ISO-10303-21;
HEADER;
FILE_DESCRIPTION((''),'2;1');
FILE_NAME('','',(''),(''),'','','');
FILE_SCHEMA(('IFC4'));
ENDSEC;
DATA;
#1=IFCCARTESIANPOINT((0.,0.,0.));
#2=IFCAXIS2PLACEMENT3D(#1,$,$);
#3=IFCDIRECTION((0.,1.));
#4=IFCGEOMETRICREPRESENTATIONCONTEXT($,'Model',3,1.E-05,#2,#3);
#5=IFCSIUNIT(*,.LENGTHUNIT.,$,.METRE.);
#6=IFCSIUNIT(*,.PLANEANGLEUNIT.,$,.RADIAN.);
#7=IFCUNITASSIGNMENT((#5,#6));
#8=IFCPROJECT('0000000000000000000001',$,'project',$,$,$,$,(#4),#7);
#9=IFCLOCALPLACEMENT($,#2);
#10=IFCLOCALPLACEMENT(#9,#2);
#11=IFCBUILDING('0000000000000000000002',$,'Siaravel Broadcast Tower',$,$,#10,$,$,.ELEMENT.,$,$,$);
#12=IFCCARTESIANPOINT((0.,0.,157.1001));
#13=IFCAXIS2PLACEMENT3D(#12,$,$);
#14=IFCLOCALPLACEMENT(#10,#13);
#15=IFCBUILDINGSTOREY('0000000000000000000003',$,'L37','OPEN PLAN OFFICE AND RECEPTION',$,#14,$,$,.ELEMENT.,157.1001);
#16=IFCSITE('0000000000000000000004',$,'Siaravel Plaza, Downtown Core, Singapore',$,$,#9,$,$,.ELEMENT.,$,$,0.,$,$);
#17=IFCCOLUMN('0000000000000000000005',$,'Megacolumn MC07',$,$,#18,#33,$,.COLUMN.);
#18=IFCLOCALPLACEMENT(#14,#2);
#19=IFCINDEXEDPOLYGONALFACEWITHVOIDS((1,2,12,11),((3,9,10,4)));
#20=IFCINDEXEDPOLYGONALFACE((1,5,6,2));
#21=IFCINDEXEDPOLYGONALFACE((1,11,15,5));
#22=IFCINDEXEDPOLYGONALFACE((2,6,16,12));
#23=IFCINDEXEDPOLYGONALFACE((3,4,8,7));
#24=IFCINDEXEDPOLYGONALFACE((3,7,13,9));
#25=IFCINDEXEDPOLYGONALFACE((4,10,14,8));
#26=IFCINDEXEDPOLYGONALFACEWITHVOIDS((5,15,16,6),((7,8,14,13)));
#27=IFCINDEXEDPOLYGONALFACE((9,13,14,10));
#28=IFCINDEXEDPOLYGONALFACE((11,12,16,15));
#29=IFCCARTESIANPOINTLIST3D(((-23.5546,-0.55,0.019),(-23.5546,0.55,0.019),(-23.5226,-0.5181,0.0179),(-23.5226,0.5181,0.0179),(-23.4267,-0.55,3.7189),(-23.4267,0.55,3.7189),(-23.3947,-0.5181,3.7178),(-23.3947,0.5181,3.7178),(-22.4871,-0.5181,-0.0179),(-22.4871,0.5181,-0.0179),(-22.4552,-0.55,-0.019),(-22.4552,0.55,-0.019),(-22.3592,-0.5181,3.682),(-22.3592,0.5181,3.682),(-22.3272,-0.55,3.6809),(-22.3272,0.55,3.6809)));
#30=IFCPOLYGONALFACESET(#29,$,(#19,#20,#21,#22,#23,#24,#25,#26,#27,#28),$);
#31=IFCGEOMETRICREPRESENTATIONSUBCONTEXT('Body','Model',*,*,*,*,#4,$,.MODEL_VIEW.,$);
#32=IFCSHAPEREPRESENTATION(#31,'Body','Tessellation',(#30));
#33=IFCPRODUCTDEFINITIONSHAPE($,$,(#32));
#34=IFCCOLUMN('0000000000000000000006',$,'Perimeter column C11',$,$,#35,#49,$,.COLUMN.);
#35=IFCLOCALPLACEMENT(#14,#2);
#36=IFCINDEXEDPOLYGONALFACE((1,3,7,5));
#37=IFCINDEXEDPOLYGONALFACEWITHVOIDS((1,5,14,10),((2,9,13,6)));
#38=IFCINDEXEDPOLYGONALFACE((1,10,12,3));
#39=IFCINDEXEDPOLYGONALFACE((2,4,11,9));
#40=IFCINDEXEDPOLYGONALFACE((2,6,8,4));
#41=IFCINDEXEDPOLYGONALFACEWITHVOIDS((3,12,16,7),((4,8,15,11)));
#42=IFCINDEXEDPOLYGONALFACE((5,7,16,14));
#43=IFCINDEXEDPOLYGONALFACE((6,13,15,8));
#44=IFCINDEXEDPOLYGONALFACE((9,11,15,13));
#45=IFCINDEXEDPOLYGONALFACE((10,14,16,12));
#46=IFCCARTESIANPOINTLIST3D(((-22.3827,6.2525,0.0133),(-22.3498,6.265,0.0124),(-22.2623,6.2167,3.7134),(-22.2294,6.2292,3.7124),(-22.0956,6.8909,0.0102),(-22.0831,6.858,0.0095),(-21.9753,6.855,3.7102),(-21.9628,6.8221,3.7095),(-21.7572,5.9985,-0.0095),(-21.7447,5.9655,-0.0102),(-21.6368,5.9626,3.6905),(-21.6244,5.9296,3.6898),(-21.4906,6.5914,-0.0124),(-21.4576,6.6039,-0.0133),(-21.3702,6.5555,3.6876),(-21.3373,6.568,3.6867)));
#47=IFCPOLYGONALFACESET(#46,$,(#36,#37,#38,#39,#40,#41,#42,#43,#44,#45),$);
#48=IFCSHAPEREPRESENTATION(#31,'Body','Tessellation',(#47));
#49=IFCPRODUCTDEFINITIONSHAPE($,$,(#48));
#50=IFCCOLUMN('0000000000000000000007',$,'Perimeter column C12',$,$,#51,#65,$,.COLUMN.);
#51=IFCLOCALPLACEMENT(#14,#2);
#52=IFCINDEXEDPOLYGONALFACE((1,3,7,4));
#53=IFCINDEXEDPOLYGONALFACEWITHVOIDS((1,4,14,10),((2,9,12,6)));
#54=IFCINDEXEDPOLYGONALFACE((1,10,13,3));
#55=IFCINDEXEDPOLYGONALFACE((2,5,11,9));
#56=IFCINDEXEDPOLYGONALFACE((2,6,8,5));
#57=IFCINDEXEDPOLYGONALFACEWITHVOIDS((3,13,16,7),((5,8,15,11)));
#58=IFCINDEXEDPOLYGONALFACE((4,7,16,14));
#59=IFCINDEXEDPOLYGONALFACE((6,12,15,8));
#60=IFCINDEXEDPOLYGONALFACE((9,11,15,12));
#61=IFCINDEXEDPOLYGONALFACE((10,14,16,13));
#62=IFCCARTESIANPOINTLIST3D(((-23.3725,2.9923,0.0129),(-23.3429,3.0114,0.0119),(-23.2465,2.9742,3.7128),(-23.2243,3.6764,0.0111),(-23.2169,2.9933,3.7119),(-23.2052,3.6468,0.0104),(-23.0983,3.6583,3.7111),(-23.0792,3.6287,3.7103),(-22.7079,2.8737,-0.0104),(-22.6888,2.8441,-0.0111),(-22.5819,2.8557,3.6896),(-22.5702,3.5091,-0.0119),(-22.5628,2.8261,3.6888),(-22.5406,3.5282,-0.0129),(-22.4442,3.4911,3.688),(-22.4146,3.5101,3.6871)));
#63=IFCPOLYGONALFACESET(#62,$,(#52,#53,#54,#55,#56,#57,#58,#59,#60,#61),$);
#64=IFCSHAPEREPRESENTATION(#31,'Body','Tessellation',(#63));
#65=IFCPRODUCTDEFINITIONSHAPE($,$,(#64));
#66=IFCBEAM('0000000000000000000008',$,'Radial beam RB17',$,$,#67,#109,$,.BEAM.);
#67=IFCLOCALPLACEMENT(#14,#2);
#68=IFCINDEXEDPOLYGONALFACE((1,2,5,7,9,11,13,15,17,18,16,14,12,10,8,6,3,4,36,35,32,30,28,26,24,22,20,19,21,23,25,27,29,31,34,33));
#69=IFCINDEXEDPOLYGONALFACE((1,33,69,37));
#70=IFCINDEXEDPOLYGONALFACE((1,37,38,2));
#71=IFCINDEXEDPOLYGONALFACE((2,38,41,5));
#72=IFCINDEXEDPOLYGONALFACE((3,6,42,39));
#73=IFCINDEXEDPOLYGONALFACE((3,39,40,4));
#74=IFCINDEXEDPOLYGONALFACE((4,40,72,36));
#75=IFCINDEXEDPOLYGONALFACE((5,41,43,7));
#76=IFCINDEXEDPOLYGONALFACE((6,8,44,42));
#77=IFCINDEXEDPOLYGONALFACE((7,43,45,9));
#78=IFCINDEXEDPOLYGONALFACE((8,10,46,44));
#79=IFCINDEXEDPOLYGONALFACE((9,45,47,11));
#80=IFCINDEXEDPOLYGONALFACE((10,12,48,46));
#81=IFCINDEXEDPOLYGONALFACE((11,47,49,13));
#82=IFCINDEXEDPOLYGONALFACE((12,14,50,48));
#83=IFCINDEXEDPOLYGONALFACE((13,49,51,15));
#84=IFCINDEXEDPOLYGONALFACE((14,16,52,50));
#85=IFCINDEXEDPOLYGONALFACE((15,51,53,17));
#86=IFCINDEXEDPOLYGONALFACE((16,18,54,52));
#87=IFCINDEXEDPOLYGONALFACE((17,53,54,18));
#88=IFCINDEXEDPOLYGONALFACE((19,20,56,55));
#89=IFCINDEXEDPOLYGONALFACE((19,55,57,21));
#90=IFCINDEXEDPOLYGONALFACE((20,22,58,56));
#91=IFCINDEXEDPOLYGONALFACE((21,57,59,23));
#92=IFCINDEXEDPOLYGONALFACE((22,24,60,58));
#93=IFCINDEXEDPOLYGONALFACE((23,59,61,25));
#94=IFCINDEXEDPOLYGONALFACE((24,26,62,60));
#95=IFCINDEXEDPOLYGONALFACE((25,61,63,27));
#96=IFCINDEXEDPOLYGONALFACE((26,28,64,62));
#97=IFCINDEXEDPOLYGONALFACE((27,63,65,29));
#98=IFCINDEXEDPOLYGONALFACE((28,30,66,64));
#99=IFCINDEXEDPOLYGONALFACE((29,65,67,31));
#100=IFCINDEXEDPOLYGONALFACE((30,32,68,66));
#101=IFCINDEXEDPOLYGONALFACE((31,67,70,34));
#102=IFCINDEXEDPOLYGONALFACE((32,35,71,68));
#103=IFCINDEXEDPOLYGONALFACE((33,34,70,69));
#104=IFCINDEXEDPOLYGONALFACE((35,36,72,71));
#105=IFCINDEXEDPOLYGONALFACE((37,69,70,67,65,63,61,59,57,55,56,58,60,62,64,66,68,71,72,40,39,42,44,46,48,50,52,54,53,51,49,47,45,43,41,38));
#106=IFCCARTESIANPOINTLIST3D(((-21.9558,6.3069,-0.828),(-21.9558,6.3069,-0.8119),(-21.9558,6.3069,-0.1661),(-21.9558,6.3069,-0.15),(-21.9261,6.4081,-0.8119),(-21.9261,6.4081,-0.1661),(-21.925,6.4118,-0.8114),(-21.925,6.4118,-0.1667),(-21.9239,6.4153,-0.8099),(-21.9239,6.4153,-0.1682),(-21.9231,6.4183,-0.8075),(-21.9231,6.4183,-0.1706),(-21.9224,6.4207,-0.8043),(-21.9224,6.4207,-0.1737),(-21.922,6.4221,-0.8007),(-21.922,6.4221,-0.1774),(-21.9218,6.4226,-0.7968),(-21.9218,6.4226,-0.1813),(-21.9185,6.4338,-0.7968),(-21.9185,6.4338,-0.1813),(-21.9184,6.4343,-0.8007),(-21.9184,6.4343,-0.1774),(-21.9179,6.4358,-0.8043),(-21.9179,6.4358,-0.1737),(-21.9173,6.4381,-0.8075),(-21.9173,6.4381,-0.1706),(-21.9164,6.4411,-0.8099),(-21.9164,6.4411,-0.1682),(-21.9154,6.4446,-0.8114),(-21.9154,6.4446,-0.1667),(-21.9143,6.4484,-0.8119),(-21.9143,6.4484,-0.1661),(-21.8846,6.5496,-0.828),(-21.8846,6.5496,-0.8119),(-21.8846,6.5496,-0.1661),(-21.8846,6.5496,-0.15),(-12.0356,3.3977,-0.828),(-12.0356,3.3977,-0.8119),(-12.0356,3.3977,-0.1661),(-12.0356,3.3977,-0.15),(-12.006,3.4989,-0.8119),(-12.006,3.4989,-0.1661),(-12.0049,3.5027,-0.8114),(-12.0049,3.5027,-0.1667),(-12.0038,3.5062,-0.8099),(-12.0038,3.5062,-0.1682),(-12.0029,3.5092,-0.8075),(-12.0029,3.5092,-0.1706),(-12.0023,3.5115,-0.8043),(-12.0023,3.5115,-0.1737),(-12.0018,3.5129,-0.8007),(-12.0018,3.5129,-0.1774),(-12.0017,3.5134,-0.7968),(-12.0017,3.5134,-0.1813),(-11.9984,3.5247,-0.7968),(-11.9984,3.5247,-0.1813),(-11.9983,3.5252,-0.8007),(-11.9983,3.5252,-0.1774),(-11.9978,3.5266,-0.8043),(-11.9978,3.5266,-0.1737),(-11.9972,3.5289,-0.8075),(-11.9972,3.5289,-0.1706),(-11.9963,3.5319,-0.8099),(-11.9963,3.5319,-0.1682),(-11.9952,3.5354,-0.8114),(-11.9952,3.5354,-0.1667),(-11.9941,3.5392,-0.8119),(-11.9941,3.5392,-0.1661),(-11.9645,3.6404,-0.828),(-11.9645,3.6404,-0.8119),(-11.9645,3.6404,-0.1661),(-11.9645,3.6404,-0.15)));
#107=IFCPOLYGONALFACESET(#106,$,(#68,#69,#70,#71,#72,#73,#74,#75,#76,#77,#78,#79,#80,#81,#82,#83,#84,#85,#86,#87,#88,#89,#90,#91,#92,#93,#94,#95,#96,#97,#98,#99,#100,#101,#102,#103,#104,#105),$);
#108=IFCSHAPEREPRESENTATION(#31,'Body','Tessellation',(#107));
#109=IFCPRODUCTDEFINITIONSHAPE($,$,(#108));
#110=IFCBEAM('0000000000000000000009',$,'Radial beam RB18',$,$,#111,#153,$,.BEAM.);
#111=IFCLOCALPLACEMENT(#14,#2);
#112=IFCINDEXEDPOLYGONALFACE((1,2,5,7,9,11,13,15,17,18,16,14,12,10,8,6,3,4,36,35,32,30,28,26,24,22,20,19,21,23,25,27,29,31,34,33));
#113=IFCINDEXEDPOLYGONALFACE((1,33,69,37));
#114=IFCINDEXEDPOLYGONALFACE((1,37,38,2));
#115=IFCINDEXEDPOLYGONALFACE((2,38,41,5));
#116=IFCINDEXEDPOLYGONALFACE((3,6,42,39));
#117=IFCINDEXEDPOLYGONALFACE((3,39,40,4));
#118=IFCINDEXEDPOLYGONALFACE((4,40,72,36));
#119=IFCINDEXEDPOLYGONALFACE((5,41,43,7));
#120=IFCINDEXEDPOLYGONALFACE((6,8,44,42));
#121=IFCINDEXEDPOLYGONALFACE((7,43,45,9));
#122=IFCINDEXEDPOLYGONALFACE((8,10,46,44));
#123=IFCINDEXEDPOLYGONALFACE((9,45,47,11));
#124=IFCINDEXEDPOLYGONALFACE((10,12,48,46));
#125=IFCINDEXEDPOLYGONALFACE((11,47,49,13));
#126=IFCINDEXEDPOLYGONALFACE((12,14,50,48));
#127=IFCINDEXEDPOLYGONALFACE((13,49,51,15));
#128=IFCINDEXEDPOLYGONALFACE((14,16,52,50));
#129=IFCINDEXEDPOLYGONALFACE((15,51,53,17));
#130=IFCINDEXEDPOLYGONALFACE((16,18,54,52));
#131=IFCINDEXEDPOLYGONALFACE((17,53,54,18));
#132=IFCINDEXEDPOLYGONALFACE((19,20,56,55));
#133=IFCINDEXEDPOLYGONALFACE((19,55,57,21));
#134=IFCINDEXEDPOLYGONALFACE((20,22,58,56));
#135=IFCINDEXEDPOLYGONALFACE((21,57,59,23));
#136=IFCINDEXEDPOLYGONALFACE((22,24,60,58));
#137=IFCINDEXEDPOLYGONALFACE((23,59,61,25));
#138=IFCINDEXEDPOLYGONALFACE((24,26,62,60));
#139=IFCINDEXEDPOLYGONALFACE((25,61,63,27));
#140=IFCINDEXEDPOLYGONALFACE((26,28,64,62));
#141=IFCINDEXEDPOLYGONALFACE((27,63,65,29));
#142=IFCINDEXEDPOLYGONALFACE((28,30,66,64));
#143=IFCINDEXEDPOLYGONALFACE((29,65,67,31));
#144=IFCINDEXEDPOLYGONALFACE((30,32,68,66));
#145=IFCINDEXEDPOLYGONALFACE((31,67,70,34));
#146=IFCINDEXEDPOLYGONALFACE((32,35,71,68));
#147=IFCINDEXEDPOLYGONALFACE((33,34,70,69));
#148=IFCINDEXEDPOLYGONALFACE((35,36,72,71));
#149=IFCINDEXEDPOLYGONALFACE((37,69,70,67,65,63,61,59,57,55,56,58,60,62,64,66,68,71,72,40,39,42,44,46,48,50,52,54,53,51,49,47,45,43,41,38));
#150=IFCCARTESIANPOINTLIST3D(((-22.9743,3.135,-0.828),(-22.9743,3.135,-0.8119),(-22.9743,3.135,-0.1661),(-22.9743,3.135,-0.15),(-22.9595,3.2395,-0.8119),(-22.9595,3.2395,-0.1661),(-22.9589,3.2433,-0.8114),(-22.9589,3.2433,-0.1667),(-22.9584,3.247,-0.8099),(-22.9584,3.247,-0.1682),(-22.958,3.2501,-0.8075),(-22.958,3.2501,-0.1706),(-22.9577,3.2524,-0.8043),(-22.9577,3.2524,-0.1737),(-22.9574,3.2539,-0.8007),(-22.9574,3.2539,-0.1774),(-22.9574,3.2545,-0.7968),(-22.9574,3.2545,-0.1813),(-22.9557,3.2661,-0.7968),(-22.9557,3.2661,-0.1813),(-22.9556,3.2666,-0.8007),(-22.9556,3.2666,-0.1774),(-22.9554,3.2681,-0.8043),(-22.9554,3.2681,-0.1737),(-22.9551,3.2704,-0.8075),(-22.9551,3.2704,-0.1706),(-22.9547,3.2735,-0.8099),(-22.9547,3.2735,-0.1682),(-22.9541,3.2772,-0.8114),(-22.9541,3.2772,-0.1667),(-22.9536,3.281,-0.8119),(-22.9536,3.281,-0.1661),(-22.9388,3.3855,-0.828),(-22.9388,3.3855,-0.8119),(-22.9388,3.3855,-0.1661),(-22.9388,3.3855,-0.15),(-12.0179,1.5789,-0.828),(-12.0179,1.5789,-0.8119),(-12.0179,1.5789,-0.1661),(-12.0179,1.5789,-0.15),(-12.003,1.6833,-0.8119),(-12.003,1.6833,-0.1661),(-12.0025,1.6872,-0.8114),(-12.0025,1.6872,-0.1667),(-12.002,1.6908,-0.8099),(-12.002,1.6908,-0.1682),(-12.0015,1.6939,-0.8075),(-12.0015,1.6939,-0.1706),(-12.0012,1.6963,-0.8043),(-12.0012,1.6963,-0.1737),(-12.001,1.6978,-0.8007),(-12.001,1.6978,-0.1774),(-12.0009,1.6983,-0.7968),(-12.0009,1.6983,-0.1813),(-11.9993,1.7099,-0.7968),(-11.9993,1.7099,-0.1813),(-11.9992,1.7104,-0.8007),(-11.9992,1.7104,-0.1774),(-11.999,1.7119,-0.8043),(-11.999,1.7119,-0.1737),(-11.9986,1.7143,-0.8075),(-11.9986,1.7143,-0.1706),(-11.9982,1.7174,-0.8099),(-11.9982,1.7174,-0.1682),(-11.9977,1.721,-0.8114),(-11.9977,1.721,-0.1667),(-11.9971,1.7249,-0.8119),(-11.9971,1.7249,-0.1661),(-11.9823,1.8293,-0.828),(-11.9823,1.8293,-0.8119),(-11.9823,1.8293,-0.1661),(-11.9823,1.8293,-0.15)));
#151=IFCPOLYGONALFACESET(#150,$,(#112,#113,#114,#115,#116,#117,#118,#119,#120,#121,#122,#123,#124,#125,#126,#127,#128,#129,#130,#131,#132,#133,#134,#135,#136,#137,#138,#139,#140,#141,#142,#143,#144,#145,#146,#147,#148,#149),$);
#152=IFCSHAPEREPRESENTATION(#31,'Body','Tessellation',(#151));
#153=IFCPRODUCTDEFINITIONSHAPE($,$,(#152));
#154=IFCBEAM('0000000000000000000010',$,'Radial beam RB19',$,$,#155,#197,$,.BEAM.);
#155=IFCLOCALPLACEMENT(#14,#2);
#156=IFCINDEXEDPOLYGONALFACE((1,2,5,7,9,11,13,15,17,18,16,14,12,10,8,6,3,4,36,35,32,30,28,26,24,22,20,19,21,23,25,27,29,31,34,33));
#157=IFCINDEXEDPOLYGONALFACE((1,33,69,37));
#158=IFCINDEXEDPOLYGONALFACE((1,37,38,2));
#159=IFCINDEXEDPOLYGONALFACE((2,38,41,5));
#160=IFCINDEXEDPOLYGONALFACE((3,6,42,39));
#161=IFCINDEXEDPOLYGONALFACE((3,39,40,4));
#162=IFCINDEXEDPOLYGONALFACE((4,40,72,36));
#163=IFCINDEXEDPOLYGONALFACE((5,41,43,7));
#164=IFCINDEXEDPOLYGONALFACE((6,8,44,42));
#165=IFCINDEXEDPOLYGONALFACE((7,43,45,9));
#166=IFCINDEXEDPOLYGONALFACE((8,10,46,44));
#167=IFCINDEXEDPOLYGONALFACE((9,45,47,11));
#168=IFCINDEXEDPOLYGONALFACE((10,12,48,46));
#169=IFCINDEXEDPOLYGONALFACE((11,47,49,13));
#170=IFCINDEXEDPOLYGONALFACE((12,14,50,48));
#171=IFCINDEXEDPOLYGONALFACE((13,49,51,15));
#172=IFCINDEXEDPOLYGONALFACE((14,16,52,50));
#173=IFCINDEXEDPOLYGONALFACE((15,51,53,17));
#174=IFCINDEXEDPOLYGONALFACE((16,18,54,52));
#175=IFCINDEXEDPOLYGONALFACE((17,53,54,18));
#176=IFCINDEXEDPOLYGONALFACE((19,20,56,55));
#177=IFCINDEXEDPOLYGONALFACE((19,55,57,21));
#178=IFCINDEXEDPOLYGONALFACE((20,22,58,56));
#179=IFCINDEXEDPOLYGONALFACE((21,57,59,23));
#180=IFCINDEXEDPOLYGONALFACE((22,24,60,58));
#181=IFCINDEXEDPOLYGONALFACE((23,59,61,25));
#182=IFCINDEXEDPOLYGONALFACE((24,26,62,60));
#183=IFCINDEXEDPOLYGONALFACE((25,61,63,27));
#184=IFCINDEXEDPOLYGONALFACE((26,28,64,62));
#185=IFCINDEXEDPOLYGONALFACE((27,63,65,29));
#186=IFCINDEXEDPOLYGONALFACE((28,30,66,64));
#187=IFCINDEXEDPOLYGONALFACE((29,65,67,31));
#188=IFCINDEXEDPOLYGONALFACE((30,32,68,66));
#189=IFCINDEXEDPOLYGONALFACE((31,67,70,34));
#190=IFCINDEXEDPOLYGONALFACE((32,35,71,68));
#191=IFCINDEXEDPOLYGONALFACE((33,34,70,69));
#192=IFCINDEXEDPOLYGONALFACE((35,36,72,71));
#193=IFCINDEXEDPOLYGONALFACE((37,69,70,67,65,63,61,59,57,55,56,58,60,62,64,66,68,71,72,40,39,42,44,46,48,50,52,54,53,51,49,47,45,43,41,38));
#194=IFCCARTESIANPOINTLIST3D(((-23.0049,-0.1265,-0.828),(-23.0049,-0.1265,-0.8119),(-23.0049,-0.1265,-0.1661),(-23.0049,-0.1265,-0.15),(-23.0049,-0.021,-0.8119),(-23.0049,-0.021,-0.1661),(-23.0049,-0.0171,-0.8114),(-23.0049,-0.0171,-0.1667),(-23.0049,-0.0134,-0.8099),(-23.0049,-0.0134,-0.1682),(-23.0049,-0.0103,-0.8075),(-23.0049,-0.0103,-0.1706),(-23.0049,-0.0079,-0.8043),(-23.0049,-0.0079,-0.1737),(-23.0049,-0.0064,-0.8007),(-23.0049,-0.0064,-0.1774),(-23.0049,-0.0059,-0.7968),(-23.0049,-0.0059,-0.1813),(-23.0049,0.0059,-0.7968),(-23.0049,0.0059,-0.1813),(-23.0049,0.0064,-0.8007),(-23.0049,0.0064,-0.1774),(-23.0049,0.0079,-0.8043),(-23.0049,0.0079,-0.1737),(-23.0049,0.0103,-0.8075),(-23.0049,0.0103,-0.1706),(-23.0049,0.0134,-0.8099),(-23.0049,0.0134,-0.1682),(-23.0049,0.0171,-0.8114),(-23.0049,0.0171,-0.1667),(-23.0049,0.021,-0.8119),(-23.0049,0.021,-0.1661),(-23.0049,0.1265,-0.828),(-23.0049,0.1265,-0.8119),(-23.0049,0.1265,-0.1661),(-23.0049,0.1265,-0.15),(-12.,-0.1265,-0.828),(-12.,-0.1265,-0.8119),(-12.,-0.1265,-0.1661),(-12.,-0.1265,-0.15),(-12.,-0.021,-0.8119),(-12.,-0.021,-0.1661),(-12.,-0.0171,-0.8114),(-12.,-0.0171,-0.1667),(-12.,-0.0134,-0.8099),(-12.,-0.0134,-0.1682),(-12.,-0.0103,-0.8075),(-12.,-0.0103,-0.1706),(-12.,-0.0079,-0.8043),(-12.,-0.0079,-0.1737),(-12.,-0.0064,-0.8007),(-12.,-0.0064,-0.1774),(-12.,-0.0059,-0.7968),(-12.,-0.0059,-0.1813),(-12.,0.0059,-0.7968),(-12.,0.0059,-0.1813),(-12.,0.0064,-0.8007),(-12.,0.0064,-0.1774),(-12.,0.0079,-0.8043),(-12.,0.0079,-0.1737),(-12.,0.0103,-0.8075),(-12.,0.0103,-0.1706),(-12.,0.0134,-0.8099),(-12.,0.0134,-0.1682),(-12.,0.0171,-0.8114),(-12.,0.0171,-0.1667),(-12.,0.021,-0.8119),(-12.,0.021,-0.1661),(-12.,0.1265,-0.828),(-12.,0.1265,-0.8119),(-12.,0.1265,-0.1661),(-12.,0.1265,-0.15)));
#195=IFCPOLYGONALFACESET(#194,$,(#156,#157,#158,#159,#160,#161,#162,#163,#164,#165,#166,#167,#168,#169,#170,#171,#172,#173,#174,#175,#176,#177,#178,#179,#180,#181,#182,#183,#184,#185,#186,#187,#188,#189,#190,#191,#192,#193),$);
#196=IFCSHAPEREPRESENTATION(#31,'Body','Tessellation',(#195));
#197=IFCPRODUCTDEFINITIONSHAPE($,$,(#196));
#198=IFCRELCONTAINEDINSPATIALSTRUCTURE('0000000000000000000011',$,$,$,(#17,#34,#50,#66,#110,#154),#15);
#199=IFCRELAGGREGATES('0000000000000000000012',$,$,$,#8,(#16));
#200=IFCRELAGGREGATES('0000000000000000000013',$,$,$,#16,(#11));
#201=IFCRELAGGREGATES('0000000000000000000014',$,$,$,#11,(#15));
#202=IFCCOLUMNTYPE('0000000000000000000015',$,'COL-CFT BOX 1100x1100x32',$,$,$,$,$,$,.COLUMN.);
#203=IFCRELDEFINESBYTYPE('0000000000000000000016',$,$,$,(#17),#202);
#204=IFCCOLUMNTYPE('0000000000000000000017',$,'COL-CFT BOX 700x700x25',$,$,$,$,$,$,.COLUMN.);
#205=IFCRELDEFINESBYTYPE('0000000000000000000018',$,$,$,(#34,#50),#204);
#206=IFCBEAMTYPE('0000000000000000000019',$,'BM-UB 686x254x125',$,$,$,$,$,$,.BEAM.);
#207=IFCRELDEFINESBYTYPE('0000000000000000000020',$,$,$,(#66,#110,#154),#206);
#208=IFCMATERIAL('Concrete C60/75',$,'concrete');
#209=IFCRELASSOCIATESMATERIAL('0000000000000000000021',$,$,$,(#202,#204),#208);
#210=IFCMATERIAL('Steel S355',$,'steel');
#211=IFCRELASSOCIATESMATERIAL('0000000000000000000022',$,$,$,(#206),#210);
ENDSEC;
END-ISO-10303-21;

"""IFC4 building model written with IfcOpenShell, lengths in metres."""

from ifc_helpers import new_model, si_unit, direction, frame, origin, origin_2d, place, context, subcontext, project, spatial, hollow_rectangle, i_section, extrude, material, material_profile, profile_set, type_object, element, save


model = new_model("IFC4")

# Units and contexts
model_context = context("Model", 3, precision=1e-05, world=origin(), true_north=direction((0.0, 1.0)))
body_context = subcontext(model_context, "Body", "Model", "MODEL_VIEW")
ifc_project = project(units=[si_unit("LENGTHUNIT", "METRE"), si_unit("PLANEANGLEUNIT", "RADIAN")], contexts=[model_context])

# Site, building, storey
site_placement = place(None, origin())
site = spatial("IfcSite", under=ifc_project, at=site_placement, Name="Siaravel Plaza, Downtown Core, Singapore", CompositionType="ELEMENT", RefElevation=0.0)
building_placement = place(site_placement, origin())
building = spatial("IfcBuilding", under=site, at=building_placement, Name="Siaravel Broadcast Tower", CompositionType="ELEMENT")
storey_placement = place(building_placement, frame((0.0, 0.0, 157.1001)))
storey = spatial("IfcBuildingStorey", under=building, at=storey_placement, Name="L37", Description="OPEN PLAN OFFICE AND RECEPTION", CompositionType="ELEMENT", Elevation=157.1001)

# Columns
ifc_material_1 = material(Name="Concrete C60/75", Category="concrete")
ifc_material_profile_1 = material_profile(ifc_material_1, hollow_rectangle(XDim=1.1001, YDim=1.1001, WallThickness=0.032, at=origin_2d()))
ifc_profile_set_1 = profile_set([ifc_material_profile_1], Name="Concrete C60/75")
column_type_1 = type_object("IfcColumnType", Name="COL-CFT BOX 1100x1100x32", PredefinedType="COLUMN", material=ifc_profile_set_1)
column_placement = place(storey_placement, frame((-23.0049, 0.0, 0.0), z_axis=(0.034555, 0.0, 0.999403), x_axis=(0.0, 1.0, 0.0)))
element("IfcColumn", 1, at=column_placement, inside=storey, type_object=column_type_1, Name="Megacolumn MC07", PredefinedType="COLUMN", context=body_context, shape_type="SweptSolid", body=[
    extrude(hollow_rectangle(XDim=1.1001, YDim=1.1001, WallThickness=0.032, at=origin_2d()), origin(), (0.0, 0.0, 1.0), 3.7021),
])
ifc_material_profile_2 = material_profile(ifc_material_1, hollow_rectangle(XDim=0.7, YDim=0.7, WallThickness=0.0249, at=origin_2d()))
ifc_profile_set_2 = profile_set([ifc_material_profile_2], Name="Concrete C60/75")
column_type_2 = type_object("IfcColumnType", Name="COL-CFT BOX 700x700x25", PredefinedType="COLUMN", material=ifc_profile_set_2)
for number, where, z_axis, x_axis, name in (
    (2, (-21.9202, 6.4282, 0.0), (0.032512, -0.009694, 0.999424), (0.410124, 0.912019, -0.004495), "Perimeter column C11"),
    (3, (-22.9565, 3.2603, 0.0), (0.034028, -0.00488, 0.999409), (0.21173, 0.977325, -0.002437), "Perimeter column C12"),
):
    element("IfcColumn", number, at=place(storey_placement, frame(where, z_axis=z_axis, x_axis=x_axis)), inside=storey, type_object=column_type_2, Name=name, PredefinedType="COLUMN", context=body_context, shape_type="SweptSolid", body=[
        extrude(hollow_rectangle(XDim=0.7, YDim=0.7, WallThickness=0.0249, at=origin_2d()), origin(), (0.0, 0.0, 1.0), 3.7021),
    ])

# Beams
ifc_material_2 = material(Name="Steel S355", Category="steel")
ifc_material_profile_3 = material_profile(ifc_material_2, i_section(OverallWidth=0.2529, OverallDepth=0.678, WebThickness=0.0117, FlangeThickness=0.0161, FilletRadius=0.0151, at=origin_2d()))
ifc_profile_set_3 = profile_set([ifc_material_profile_3], Name="Steel S355")
beam_type = type_object("IfcBeamType", Name="BM-UB 686x254x125", PredefinedType="BEAM", material=ifc_profile_set_3)
beam_1_placement = place(storey_placement, frame((-21.9202, 6.4282, -0.489), z_axis=(0.959588, -0.281408, 0.0), x_axis=(0.281408, 0.959588, 0.0)))
element("IfcBeam", 4, at=beam_1_placement, inside=storey, type_object=beam_type, Name="Radial beam RB17", PredefinedType="BEAM", context=body_context, shape_type="SweptSolid", body=[
    extrude(i_section(OverallWidth=0.2529, OverallDepth=0.678, WebThickness=0.0117, FlangeThickness=0.0161, FilletRadius=0.0151, at=origin_2d()), origin(), (0.0, 0.0, 1.0), 10.3379),
])
beam_2_placement = place(storey_placement, frame((-22.9565, 3.2603, -0.489), z_axis=(0.990064, -0.140618, 0.0), x_axis=(0.140618, 0.990064, 0.0)))
element("IfcBeam", 5, at=beam_2_placement, inside=storey, type_object=beam_type, Name="Radial beam RB18", PredefinedType="BEAM", context=body_context, shape_type="SweptSolid", body=[
    extrude(i_section(OverallWidth=0.2529, OverallDepth=0.678, WebThickness=0.0117, FlangeThickness=0.0161, FilletRadius=0.0151, at=origin_2d()), origin(), (0.0, 0.0, 1.0), 11.0664),
])
beam_3_placement = place(storey_placement, frame((-23.0049, 0.0, -0.489), z_axis=(1.0, 0.0, 0.0), x_axis=(0.0, 1.0, 0.0)))
element("IfcBeam", 6, at=beam_3_placement, inside=storey, type_object=beam_type, Name="Radial beam RB19", PredefinedType="BEAM", context=body_context, shape_type="SweptSolid", body=[
    extrude(i_section(OverallWidth=0.2529, OverallDepth=0.678, WebThickness=0.0117, FlangeThickness=0.0161, FilletRadius=0.0151, at=origin_2d()), origin(), (0.0, 0.0, 1.0), 11.0049),
])

save(model, "model.ifc")
